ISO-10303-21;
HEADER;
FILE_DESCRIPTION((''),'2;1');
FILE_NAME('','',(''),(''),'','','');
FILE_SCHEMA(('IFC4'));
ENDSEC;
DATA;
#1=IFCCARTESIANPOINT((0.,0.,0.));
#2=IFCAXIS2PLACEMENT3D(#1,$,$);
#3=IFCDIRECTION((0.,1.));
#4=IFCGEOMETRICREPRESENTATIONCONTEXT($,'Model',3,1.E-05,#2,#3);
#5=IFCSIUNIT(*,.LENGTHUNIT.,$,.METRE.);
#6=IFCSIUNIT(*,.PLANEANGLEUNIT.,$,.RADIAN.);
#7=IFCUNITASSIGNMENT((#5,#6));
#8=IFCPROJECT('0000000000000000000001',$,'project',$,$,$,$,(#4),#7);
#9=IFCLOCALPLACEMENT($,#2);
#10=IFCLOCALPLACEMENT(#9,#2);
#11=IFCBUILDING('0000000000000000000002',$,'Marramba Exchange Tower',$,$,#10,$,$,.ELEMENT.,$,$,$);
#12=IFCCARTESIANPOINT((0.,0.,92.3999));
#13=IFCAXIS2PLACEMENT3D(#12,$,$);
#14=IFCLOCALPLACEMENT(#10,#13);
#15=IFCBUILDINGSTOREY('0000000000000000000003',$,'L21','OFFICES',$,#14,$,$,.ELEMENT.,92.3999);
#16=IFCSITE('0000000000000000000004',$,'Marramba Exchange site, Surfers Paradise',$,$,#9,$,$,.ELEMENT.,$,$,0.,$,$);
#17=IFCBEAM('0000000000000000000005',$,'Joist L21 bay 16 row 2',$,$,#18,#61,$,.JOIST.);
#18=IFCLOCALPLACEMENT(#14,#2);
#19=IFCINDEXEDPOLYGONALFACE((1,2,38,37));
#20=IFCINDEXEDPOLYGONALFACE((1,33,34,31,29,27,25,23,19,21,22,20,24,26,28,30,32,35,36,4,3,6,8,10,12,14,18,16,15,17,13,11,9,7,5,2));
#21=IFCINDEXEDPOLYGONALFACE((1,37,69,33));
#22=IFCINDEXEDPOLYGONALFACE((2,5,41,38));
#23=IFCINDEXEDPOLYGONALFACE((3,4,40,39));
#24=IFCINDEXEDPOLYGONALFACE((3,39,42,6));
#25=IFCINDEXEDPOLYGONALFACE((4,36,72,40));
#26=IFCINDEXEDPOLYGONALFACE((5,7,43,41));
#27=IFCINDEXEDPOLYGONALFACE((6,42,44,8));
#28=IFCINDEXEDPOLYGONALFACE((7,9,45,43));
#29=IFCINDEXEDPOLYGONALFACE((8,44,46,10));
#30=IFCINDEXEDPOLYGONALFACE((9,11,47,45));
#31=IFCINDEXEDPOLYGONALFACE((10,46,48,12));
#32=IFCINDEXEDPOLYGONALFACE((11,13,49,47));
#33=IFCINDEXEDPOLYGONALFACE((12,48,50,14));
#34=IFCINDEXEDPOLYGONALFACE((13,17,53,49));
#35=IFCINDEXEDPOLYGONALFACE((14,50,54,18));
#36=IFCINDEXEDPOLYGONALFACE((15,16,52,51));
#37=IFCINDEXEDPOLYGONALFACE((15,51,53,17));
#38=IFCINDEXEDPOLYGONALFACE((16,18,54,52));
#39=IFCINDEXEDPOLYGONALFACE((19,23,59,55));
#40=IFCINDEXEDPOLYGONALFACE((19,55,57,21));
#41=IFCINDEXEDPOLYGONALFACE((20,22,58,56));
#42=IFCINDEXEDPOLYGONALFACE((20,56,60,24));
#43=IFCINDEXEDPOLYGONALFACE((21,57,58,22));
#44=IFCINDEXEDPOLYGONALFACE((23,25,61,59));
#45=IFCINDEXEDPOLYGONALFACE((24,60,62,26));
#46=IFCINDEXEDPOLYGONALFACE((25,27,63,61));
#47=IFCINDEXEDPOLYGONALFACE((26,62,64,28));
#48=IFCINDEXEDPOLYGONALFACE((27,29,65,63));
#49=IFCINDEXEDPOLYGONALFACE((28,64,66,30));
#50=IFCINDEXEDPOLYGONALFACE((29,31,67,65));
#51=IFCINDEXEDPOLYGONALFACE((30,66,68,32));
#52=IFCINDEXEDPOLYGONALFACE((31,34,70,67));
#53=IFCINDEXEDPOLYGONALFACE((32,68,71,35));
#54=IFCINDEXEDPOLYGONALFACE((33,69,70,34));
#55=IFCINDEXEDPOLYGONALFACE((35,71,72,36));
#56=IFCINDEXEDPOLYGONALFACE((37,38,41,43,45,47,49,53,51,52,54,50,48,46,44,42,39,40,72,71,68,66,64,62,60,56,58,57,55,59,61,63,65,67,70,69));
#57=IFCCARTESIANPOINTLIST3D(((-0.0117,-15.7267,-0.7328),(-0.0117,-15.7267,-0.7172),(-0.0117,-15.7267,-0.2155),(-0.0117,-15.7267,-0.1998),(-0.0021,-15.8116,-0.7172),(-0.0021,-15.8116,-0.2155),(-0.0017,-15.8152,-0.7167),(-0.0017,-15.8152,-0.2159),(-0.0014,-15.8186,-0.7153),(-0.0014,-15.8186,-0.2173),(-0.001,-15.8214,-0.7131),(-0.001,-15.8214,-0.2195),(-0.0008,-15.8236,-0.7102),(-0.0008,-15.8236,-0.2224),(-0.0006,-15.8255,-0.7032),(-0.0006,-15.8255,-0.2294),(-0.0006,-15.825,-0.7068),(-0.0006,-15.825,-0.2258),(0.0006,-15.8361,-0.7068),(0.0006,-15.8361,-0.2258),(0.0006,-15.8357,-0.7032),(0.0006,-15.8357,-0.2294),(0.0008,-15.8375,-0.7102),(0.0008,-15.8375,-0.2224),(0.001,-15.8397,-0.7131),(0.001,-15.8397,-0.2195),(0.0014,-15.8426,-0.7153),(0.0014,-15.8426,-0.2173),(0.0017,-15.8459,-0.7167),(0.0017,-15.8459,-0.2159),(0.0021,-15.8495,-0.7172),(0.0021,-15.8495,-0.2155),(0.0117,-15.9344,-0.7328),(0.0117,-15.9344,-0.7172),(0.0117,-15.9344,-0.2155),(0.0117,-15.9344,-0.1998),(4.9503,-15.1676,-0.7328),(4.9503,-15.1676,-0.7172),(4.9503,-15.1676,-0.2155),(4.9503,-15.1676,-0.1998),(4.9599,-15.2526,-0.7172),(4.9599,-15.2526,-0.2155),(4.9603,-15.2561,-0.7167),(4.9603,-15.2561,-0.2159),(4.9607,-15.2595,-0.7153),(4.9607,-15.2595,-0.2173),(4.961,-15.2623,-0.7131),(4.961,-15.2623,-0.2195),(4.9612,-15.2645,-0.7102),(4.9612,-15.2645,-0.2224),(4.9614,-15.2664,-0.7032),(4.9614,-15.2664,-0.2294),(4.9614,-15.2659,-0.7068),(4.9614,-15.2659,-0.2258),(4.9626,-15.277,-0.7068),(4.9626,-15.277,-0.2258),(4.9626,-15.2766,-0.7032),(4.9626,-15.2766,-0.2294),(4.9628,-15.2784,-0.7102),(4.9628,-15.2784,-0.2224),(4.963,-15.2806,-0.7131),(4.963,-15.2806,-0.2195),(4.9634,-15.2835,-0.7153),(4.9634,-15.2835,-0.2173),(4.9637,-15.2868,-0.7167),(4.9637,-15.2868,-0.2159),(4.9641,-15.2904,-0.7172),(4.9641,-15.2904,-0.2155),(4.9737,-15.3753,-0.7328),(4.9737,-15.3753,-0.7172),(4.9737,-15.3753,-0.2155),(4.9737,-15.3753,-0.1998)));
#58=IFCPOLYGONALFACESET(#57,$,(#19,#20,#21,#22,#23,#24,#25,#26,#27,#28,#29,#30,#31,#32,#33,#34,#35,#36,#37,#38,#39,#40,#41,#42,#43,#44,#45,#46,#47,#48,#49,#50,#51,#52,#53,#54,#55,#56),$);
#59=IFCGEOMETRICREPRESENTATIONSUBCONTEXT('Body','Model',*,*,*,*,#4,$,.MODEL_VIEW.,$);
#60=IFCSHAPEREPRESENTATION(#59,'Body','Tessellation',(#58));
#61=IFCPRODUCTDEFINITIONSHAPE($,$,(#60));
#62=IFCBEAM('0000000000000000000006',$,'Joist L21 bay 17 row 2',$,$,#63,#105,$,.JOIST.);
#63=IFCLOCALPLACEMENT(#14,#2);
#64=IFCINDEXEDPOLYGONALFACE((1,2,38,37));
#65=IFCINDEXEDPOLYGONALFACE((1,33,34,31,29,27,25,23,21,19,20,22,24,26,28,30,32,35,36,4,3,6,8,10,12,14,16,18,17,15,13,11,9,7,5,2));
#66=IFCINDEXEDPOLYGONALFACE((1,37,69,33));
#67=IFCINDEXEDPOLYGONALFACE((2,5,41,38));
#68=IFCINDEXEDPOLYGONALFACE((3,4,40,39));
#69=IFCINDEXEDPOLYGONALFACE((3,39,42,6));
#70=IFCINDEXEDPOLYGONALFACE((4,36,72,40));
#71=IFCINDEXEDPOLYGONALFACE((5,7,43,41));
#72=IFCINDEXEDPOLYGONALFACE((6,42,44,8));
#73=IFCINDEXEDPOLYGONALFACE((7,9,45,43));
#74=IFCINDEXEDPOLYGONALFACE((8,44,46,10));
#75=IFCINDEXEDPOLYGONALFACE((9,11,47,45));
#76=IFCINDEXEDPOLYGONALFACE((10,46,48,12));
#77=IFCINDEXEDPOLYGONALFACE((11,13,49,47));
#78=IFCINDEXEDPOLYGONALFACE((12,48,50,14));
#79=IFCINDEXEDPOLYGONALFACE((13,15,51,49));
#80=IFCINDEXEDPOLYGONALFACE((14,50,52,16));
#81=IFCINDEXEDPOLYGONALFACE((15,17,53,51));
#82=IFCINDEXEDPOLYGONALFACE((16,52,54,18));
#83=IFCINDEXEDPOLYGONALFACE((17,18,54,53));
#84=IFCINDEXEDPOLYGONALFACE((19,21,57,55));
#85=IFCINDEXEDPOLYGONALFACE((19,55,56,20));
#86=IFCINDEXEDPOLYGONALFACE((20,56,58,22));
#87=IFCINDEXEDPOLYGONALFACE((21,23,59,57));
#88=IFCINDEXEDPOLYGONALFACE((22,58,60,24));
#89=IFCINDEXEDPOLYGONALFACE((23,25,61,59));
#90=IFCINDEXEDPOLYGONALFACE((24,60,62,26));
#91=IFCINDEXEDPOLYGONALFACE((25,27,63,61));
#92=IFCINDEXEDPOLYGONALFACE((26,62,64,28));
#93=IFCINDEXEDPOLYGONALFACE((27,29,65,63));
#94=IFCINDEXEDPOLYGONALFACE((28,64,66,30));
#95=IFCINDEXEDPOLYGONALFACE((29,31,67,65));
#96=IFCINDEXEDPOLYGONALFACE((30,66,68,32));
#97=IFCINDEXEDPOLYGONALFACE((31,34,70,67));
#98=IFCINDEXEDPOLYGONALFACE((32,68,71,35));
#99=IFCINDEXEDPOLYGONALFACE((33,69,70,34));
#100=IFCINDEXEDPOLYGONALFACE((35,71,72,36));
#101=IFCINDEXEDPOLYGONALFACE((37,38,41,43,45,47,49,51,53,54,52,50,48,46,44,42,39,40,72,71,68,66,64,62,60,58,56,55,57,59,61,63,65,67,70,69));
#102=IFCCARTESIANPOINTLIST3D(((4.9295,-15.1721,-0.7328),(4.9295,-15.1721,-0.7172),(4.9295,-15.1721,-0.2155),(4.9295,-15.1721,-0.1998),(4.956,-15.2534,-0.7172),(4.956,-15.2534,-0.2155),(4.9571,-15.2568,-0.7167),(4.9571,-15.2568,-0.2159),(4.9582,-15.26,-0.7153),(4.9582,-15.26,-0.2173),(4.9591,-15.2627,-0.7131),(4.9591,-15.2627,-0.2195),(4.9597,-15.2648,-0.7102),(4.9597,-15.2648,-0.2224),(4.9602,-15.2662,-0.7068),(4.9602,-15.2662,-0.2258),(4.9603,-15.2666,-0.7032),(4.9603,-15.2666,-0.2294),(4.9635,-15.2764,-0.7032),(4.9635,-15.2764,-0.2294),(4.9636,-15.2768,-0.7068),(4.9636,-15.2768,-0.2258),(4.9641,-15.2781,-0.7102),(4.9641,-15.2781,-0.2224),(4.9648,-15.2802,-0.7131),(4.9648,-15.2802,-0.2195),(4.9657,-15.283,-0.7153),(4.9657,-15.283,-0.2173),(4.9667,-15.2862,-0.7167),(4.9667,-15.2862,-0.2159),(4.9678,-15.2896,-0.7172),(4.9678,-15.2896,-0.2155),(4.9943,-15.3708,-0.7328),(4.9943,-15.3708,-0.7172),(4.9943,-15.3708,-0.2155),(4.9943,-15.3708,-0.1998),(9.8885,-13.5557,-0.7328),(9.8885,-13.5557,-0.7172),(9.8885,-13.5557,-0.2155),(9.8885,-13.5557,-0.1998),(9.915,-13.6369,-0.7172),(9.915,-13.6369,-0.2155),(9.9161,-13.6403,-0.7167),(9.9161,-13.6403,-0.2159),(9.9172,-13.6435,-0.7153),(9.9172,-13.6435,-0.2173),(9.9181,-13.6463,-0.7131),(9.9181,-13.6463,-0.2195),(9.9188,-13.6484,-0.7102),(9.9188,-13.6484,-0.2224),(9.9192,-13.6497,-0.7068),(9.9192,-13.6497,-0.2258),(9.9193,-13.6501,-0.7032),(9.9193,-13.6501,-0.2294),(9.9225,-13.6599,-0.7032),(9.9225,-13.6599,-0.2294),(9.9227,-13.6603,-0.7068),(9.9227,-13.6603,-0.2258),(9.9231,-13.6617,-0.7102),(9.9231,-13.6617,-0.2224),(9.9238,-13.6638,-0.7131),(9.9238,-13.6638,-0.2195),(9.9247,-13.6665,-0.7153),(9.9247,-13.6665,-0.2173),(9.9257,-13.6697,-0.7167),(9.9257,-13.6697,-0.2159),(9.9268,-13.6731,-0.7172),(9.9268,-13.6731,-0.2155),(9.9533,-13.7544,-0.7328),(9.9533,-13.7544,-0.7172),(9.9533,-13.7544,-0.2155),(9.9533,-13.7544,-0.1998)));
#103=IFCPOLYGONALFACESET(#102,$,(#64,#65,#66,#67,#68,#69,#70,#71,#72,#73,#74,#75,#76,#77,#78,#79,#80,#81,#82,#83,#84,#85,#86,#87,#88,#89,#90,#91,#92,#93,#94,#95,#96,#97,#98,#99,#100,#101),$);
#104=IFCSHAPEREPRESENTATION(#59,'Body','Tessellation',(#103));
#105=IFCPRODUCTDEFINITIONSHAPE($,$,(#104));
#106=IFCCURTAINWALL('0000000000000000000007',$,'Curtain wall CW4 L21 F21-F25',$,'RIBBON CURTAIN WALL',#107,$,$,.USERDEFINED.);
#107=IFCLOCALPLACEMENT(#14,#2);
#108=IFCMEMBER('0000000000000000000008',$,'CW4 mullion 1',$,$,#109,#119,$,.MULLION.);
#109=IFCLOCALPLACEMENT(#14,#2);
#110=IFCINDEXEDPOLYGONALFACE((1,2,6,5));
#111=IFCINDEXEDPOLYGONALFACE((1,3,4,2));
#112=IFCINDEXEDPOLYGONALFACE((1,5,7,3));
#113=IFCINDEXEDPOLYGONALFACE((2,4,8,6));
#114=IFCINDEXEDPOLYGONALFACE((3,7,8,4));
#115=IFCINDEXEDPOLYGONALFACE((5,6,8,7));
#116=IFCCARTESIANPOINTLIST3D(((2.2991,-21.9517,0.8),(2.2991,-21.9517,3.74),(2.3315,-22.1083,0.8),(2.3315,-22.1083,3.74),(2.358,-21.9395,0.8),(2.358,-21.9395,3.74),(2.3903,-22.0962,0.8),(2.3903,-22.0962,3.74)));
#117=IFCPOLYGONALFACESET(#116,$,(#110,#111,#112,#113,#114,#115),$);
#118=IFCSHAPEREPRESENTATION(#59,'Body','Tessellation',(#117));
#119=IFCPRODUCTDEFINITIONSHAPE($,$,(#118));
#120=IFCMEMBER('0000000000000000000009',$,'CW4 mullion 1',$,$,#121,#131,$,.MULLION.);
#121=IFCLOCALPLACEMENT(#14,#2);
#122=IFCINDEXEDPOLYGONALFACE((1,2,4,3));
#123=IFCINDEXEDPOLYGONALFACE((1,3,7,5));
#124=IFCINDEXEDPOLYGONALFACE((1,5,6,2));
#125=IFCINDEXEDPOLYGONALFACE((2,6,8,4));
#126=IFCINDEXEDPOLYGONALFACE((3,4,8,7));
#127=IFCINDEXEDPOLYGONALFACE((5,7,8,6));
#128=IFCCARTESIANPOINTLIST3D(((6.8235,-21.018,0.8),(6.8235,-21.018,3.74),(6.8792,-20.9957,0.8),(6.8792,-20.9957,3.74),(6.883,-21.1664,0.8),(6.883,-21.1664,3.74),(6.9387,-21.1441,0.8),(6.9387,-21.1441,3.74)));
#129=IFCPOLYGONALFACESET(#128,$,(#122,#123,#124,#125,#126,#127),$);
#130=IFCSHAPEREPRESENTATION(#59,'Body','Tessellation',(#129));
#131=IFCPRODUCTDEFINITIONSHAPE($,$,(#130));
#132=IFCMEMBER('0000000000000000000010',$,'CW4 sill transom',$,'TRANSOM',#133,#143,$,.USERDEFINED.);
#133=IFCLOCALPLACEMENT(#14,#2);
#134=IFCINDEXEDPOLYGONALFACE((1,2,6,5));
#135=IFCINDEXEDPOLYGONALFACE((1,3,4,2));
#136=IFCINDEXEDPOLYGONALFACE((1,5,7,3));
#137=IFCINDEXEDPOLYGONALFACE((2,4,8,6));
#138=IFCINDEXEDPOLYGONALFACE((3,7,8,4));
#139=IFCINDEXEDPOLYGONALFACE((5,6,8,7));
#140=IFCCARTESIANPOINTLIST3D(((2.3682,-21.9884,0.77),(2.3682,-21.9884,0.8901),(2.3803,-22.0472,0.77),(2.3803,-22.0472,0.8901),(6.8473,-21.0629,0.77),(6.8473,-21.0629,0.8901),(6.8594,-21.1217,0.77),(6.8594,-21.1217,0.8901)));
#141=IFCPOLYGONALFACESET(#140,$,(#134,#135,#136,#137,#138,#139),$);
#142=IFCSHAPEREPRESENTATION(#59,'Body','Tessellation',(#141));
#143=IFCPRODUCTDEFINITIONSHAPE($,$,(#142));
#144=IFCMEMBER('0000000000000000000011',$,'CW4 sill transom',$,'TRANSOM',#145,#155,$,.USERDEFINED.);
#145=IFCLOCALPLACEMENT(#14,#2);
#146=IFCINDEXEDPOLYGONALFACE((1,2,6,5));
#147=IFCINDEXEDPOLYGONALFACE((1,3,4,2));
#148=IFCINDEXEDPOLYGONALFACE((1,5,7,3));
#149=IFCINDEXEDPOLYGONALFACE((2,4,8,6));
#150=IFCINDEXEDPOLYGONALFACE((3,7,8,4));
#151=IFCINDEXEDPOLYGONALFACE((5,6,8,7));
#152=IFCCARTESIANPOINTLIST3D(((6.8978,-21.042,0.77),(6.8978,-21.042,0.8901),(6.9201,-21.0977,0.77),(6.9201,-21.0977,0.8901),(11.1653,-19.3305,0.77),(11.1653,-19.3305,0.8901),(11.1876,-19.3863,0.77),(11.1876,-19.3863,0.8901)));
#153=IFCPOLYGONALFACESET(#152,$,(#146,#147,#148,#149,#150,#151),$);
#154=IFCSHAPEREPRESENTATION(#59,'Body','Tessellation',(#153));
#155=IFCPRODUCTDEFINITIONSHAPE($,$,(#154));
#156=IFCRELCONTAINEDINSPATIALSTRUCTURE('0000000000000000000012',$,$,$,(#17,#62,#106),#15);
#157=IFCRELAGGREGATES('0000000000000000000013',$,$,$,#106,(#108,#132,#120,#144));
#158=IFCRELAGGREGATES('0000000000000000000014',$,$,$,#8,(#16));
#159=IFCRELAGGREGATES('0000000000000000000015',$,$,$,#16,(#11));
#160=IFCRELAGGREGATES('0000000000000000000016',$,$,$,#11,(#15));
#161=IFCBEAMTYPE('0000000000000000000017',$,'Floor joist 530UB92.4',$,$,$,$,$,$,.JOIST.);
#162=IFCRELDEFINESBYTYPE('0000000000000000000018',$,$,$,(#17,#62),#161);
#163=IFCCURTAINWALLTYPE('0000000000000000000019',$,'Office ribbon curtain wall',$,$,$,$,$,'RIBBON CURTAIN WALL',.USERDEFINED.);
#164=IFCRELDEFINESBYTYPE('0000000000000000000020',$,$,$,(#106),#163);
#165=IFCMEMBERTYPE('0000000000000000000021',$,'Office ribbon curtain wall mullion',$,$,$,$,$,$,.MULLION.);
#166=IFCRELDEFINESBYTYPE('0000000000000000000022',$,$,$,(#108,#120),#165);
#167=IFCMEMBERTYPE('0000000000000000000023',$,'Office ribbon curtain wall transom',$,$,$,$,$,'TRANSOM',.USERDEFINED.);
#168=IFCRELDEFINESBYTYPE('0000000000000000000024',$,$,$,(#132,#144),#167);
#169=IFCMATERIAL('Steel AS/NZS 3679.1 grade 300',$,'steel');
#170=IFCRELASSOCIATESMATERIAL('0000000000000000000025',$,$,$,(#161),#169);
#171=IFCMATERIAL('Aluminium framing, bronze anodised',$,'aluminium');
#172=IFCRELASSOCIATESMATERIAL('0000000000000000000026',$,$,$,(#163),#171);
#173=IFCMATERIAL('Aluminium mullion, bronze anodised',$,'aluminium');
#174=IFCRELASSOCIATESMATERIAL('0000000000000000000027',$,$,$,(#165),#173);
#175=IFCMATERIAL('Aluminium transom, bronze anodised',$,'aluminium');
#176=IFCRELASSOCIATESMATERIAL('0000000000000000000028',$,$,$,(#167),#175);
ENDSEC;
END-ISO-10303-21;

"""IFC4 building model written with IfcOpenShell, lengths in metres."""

from ifc_helpers import new_model, si_unit, direction, frame, origin, origin_2d, place, context, subcontext, project, spatial, rectangle, i_section, extrude, material, material_profile, profile_set, type_object, element, aggregate, save


model = new_model("IFC4")

# Units and contexts
model_context = context("Model", 3, precision=1e-05, world=origin(), true_north=direction((0.0, 1.0)))
body_context = subcontext(model_context, "Body", "Model", "MODEL_VIEW")
ifc_project = project(units=[si_unit("LENGTHUNIT", "METRE"), si_unit("PLANEANGLEUNIT", "RADIAN")], contexts=[model_context])

# Site, building, storey
site_placement = place(None, origin())
site = spatial("IfcSite", under=ifc_project, at=site_placement, Name="Marramba Exchange site, Surfers Paradise", CompositionType="ELEMENT", RefElevation=0.0)
building_placement = place(site_placement, origin())
building = spatial("IfcBuilding", under=site, at=building_placement, Name="Marramba Exchange Tower", CompositionType="ELEMENT")
storey_placement = place(building_placement, frame((0.0, 0.0, 92.3999)))
storey = spatial("IfcBuildingStorey", under=building, at=storey_placement, Name="L21", Description="OFFICES", CompositionType="ELEMENT", Elevation=92.3999)

# Beams
ifc_material_1 = material(Name="Steel AS/NZS 3679.1 grade 300", Category="steel")
ifc_material_profile_1 = material_profile(ifc_material_1, i_section(OverallWidth=0.209, OverallDepth=0.533, WebThickness=0.0103, FlangeThickness=0.0156, FilletRadius=0.0139, at=origin_2d()), Name="530UB92.4")
ifc_profile_set_1 = profile_set([ifc_material_profile_1], Name="Steel AS/NZS 3679.1 grade 300")
beam_type_1 = type_object("IfcBeamType", Name="Floor joist 530UB92.4", PredefinedType="JOIST", material=ifc_profile_set_1)
beam_1_placement = place(storey_placement, frame((0.0, -15.8306, -0.4663), z_axis=(0.993712, 0.111966, 0.0), x_axis=(-0.111966, 0.993712, 0.0)))
element("IfcBeam", 1, at=beam_1_placement, inside=storey, type_object=beam_type_1, Name="Joist L21 bay 16 row 2", PredefinedType="JOIST", context=body_context, shape_type="SweptSolid", body=[
    extrude(i_section(OverallWidth=0.209, OverallDepth=0.533, WebThickness=0.0103, FlangeThickness=0.0156, FilletRadius=0.0139, at=origin_2d()), origin(), (0.0, 0.0, 1.0), 4.9934),
])
beam_2_placement = place(storey_placement, frame((4.9619, -15.2715, -0.4663), z_axis=(0.950764, 0.309916, 0.0), x_axis=(-0.309916, 0.950764, 0.0)))
element("IfcBeam", 2, at=beam_2_placement, inside=storey, type_object=beam_type_1, Name="Joist L21 bay 17 row 2", PredefinedType="JOIST", context=body_context, shape_type="SweptSolid", body=[
    extrude(i_section(OverallWidth=0.209, OverallDepth=0.533, WebThickness=0.0103, FlangeThickness=0.0156, FilletRadius=0.0139, at=origin_2d()), origin(), (0.0, 0.0, 1.0), 5.2158),
])

# Curtain wall, members
ifc_material_2 = material(Name="Aluminium framing, bronze anodised", Category="aluminium")
curtain_wall_type = type_object("IfcCurtainWallType", Name="Office ribbon curtain wall", ElementType="RIBBON CURTAIN WALL", PredefinedType="USERDEFINED", material=ifc_material_2)
curtain_wall_placement = place(storey_placement, origin())
curtain_wall = element("IfcCurtainWall", 3, at=curtain_wall_placement, inside=storey, type_object=curtain_wall_type, Name="Curtain wall CW4 L21 F21-F25", ObjectType="RIBBON CURTAIN WALL", PredefinedType="USERDEFINED")
ifc_material_3 = material(Name="Aluminium mullion, bronze anodised", Category="aluminium")
ifc_material_profile_2 = material_profile(ifc_material_3, rectangle(XDim=0.1599, YDim=0.0601, at=origin_2d()), Name="CW4 mullion 60x160")
ifc_profile_set_2 = profile_set([ifc_material_profile_2], Name="Aluminium mullion, bronze anodised")
member_type_1 = type_object("IfcMemberType", Name="Office ribbon curtain wall mullion", PredefinedType="MULLION", material=ifc_profile_set_2)
member_1_placement = place(storey_placement, frame((2.3447, -22.0239, 0.8), z_axis=(0.0, 0.0, 1.0), x_axis=(-0.202365, 0.97931, 0.0)))
member_1 = element("IfcMember", 4, at=member_1_placement, type_object=member_type_1, Name="CW4 mullion 1", PredefinedType="MULLION", context=body_context, shape_type="SweptSolid", body=[
    extrude(rectangle(XDim=0.1599, YDim=0.0601, at=origin_2d()), origin(), (0.0, 0.0, 1.0), 2.9399),
])
member_2_placement = place(storey_placement, frame((6.8811, -21.0811, 0.8), z_axis=(0.0, 0.0, 1.0), x_axis=(-0.372209, 0.928149, 0.0)))
member_2 = element("IfcMember", 5, at=member_2_placement, type_object=member_type_1, Name="CW4 mullion 1", PredefinedType="MULLION", context=body_context, shape_type="SweptSolid", body=[
    extrude(rectangle(XDim=0.1599, YDim=0.0601, at=origin_2d()), origin(), (0.0, 0.0, 1.0), 2.9399),
])
ifc_material_4 = material(Name="Aluminium transom, bronze anodised", Category="aluminium")
ifc_material_profile_3 = material_profile(ifc_material_4, rectangle(XDim=0.0601, YDim=0.1201, at=origin_2d()), Name="CW4 transom 60x120")
ifc_profile_set_3 = profile_set([ifc_material_profile_3], Name="Aluminium transom, bronze anodised")
member_type_2 = type_object("IfcMemberType", Name="Office ribbon curtain wall transom", ElementType="TRANSOM", PredefinedType="USERDEFINED", material=ifc_profile_set_3)
member_3_placement = place(storey_placement, frame((2.3743, -22.0178, 0.8301), z_axis=(0.97931, 0.202364, 0.0), x_axis=(-0.202364, 0.97931, 0.0)))
member_3 = element("IfcMember", 6, at=member_3_placement, type_object=member_type_2, Name="CW4 sill transom", ObjectType="TRANSOM", PredefinedType="USERDEFINED", context=body_context, shape_type="SweptSolid", body=[
    extrude(rectangle(XDim=0.0601, YDim=0.1201, at=origin_2d()), origin(), (0.0, 0.0, 1.0), 4.5737),
])
member_4_placement = place(storey_placement, frame((6.9089, -21.0698, 0.8301), z_axis=(0.928147, 0.372214, 0.0), x_axis=(-0.372214, 0.928147, 0.0)))
member_4 = element("IfcMember", 7, at=member_4_placement, type_object=member_type_2, Name="CW4 sill transom", ObjectType="TRANSOM", PredefinedType="USERDEFINED", context=body_context, shape_type="SweptSolid", body=[
    extrude(rectangle(XDim=0.0601, YDim=0.1201, at=origin_2d()), origin(), (0.0, 0.0, 1.0), 4.5979),
])

aggregate(curtain_wall, [member_1, member_3, member_2, member_4])

save(model, "model.ifc")
